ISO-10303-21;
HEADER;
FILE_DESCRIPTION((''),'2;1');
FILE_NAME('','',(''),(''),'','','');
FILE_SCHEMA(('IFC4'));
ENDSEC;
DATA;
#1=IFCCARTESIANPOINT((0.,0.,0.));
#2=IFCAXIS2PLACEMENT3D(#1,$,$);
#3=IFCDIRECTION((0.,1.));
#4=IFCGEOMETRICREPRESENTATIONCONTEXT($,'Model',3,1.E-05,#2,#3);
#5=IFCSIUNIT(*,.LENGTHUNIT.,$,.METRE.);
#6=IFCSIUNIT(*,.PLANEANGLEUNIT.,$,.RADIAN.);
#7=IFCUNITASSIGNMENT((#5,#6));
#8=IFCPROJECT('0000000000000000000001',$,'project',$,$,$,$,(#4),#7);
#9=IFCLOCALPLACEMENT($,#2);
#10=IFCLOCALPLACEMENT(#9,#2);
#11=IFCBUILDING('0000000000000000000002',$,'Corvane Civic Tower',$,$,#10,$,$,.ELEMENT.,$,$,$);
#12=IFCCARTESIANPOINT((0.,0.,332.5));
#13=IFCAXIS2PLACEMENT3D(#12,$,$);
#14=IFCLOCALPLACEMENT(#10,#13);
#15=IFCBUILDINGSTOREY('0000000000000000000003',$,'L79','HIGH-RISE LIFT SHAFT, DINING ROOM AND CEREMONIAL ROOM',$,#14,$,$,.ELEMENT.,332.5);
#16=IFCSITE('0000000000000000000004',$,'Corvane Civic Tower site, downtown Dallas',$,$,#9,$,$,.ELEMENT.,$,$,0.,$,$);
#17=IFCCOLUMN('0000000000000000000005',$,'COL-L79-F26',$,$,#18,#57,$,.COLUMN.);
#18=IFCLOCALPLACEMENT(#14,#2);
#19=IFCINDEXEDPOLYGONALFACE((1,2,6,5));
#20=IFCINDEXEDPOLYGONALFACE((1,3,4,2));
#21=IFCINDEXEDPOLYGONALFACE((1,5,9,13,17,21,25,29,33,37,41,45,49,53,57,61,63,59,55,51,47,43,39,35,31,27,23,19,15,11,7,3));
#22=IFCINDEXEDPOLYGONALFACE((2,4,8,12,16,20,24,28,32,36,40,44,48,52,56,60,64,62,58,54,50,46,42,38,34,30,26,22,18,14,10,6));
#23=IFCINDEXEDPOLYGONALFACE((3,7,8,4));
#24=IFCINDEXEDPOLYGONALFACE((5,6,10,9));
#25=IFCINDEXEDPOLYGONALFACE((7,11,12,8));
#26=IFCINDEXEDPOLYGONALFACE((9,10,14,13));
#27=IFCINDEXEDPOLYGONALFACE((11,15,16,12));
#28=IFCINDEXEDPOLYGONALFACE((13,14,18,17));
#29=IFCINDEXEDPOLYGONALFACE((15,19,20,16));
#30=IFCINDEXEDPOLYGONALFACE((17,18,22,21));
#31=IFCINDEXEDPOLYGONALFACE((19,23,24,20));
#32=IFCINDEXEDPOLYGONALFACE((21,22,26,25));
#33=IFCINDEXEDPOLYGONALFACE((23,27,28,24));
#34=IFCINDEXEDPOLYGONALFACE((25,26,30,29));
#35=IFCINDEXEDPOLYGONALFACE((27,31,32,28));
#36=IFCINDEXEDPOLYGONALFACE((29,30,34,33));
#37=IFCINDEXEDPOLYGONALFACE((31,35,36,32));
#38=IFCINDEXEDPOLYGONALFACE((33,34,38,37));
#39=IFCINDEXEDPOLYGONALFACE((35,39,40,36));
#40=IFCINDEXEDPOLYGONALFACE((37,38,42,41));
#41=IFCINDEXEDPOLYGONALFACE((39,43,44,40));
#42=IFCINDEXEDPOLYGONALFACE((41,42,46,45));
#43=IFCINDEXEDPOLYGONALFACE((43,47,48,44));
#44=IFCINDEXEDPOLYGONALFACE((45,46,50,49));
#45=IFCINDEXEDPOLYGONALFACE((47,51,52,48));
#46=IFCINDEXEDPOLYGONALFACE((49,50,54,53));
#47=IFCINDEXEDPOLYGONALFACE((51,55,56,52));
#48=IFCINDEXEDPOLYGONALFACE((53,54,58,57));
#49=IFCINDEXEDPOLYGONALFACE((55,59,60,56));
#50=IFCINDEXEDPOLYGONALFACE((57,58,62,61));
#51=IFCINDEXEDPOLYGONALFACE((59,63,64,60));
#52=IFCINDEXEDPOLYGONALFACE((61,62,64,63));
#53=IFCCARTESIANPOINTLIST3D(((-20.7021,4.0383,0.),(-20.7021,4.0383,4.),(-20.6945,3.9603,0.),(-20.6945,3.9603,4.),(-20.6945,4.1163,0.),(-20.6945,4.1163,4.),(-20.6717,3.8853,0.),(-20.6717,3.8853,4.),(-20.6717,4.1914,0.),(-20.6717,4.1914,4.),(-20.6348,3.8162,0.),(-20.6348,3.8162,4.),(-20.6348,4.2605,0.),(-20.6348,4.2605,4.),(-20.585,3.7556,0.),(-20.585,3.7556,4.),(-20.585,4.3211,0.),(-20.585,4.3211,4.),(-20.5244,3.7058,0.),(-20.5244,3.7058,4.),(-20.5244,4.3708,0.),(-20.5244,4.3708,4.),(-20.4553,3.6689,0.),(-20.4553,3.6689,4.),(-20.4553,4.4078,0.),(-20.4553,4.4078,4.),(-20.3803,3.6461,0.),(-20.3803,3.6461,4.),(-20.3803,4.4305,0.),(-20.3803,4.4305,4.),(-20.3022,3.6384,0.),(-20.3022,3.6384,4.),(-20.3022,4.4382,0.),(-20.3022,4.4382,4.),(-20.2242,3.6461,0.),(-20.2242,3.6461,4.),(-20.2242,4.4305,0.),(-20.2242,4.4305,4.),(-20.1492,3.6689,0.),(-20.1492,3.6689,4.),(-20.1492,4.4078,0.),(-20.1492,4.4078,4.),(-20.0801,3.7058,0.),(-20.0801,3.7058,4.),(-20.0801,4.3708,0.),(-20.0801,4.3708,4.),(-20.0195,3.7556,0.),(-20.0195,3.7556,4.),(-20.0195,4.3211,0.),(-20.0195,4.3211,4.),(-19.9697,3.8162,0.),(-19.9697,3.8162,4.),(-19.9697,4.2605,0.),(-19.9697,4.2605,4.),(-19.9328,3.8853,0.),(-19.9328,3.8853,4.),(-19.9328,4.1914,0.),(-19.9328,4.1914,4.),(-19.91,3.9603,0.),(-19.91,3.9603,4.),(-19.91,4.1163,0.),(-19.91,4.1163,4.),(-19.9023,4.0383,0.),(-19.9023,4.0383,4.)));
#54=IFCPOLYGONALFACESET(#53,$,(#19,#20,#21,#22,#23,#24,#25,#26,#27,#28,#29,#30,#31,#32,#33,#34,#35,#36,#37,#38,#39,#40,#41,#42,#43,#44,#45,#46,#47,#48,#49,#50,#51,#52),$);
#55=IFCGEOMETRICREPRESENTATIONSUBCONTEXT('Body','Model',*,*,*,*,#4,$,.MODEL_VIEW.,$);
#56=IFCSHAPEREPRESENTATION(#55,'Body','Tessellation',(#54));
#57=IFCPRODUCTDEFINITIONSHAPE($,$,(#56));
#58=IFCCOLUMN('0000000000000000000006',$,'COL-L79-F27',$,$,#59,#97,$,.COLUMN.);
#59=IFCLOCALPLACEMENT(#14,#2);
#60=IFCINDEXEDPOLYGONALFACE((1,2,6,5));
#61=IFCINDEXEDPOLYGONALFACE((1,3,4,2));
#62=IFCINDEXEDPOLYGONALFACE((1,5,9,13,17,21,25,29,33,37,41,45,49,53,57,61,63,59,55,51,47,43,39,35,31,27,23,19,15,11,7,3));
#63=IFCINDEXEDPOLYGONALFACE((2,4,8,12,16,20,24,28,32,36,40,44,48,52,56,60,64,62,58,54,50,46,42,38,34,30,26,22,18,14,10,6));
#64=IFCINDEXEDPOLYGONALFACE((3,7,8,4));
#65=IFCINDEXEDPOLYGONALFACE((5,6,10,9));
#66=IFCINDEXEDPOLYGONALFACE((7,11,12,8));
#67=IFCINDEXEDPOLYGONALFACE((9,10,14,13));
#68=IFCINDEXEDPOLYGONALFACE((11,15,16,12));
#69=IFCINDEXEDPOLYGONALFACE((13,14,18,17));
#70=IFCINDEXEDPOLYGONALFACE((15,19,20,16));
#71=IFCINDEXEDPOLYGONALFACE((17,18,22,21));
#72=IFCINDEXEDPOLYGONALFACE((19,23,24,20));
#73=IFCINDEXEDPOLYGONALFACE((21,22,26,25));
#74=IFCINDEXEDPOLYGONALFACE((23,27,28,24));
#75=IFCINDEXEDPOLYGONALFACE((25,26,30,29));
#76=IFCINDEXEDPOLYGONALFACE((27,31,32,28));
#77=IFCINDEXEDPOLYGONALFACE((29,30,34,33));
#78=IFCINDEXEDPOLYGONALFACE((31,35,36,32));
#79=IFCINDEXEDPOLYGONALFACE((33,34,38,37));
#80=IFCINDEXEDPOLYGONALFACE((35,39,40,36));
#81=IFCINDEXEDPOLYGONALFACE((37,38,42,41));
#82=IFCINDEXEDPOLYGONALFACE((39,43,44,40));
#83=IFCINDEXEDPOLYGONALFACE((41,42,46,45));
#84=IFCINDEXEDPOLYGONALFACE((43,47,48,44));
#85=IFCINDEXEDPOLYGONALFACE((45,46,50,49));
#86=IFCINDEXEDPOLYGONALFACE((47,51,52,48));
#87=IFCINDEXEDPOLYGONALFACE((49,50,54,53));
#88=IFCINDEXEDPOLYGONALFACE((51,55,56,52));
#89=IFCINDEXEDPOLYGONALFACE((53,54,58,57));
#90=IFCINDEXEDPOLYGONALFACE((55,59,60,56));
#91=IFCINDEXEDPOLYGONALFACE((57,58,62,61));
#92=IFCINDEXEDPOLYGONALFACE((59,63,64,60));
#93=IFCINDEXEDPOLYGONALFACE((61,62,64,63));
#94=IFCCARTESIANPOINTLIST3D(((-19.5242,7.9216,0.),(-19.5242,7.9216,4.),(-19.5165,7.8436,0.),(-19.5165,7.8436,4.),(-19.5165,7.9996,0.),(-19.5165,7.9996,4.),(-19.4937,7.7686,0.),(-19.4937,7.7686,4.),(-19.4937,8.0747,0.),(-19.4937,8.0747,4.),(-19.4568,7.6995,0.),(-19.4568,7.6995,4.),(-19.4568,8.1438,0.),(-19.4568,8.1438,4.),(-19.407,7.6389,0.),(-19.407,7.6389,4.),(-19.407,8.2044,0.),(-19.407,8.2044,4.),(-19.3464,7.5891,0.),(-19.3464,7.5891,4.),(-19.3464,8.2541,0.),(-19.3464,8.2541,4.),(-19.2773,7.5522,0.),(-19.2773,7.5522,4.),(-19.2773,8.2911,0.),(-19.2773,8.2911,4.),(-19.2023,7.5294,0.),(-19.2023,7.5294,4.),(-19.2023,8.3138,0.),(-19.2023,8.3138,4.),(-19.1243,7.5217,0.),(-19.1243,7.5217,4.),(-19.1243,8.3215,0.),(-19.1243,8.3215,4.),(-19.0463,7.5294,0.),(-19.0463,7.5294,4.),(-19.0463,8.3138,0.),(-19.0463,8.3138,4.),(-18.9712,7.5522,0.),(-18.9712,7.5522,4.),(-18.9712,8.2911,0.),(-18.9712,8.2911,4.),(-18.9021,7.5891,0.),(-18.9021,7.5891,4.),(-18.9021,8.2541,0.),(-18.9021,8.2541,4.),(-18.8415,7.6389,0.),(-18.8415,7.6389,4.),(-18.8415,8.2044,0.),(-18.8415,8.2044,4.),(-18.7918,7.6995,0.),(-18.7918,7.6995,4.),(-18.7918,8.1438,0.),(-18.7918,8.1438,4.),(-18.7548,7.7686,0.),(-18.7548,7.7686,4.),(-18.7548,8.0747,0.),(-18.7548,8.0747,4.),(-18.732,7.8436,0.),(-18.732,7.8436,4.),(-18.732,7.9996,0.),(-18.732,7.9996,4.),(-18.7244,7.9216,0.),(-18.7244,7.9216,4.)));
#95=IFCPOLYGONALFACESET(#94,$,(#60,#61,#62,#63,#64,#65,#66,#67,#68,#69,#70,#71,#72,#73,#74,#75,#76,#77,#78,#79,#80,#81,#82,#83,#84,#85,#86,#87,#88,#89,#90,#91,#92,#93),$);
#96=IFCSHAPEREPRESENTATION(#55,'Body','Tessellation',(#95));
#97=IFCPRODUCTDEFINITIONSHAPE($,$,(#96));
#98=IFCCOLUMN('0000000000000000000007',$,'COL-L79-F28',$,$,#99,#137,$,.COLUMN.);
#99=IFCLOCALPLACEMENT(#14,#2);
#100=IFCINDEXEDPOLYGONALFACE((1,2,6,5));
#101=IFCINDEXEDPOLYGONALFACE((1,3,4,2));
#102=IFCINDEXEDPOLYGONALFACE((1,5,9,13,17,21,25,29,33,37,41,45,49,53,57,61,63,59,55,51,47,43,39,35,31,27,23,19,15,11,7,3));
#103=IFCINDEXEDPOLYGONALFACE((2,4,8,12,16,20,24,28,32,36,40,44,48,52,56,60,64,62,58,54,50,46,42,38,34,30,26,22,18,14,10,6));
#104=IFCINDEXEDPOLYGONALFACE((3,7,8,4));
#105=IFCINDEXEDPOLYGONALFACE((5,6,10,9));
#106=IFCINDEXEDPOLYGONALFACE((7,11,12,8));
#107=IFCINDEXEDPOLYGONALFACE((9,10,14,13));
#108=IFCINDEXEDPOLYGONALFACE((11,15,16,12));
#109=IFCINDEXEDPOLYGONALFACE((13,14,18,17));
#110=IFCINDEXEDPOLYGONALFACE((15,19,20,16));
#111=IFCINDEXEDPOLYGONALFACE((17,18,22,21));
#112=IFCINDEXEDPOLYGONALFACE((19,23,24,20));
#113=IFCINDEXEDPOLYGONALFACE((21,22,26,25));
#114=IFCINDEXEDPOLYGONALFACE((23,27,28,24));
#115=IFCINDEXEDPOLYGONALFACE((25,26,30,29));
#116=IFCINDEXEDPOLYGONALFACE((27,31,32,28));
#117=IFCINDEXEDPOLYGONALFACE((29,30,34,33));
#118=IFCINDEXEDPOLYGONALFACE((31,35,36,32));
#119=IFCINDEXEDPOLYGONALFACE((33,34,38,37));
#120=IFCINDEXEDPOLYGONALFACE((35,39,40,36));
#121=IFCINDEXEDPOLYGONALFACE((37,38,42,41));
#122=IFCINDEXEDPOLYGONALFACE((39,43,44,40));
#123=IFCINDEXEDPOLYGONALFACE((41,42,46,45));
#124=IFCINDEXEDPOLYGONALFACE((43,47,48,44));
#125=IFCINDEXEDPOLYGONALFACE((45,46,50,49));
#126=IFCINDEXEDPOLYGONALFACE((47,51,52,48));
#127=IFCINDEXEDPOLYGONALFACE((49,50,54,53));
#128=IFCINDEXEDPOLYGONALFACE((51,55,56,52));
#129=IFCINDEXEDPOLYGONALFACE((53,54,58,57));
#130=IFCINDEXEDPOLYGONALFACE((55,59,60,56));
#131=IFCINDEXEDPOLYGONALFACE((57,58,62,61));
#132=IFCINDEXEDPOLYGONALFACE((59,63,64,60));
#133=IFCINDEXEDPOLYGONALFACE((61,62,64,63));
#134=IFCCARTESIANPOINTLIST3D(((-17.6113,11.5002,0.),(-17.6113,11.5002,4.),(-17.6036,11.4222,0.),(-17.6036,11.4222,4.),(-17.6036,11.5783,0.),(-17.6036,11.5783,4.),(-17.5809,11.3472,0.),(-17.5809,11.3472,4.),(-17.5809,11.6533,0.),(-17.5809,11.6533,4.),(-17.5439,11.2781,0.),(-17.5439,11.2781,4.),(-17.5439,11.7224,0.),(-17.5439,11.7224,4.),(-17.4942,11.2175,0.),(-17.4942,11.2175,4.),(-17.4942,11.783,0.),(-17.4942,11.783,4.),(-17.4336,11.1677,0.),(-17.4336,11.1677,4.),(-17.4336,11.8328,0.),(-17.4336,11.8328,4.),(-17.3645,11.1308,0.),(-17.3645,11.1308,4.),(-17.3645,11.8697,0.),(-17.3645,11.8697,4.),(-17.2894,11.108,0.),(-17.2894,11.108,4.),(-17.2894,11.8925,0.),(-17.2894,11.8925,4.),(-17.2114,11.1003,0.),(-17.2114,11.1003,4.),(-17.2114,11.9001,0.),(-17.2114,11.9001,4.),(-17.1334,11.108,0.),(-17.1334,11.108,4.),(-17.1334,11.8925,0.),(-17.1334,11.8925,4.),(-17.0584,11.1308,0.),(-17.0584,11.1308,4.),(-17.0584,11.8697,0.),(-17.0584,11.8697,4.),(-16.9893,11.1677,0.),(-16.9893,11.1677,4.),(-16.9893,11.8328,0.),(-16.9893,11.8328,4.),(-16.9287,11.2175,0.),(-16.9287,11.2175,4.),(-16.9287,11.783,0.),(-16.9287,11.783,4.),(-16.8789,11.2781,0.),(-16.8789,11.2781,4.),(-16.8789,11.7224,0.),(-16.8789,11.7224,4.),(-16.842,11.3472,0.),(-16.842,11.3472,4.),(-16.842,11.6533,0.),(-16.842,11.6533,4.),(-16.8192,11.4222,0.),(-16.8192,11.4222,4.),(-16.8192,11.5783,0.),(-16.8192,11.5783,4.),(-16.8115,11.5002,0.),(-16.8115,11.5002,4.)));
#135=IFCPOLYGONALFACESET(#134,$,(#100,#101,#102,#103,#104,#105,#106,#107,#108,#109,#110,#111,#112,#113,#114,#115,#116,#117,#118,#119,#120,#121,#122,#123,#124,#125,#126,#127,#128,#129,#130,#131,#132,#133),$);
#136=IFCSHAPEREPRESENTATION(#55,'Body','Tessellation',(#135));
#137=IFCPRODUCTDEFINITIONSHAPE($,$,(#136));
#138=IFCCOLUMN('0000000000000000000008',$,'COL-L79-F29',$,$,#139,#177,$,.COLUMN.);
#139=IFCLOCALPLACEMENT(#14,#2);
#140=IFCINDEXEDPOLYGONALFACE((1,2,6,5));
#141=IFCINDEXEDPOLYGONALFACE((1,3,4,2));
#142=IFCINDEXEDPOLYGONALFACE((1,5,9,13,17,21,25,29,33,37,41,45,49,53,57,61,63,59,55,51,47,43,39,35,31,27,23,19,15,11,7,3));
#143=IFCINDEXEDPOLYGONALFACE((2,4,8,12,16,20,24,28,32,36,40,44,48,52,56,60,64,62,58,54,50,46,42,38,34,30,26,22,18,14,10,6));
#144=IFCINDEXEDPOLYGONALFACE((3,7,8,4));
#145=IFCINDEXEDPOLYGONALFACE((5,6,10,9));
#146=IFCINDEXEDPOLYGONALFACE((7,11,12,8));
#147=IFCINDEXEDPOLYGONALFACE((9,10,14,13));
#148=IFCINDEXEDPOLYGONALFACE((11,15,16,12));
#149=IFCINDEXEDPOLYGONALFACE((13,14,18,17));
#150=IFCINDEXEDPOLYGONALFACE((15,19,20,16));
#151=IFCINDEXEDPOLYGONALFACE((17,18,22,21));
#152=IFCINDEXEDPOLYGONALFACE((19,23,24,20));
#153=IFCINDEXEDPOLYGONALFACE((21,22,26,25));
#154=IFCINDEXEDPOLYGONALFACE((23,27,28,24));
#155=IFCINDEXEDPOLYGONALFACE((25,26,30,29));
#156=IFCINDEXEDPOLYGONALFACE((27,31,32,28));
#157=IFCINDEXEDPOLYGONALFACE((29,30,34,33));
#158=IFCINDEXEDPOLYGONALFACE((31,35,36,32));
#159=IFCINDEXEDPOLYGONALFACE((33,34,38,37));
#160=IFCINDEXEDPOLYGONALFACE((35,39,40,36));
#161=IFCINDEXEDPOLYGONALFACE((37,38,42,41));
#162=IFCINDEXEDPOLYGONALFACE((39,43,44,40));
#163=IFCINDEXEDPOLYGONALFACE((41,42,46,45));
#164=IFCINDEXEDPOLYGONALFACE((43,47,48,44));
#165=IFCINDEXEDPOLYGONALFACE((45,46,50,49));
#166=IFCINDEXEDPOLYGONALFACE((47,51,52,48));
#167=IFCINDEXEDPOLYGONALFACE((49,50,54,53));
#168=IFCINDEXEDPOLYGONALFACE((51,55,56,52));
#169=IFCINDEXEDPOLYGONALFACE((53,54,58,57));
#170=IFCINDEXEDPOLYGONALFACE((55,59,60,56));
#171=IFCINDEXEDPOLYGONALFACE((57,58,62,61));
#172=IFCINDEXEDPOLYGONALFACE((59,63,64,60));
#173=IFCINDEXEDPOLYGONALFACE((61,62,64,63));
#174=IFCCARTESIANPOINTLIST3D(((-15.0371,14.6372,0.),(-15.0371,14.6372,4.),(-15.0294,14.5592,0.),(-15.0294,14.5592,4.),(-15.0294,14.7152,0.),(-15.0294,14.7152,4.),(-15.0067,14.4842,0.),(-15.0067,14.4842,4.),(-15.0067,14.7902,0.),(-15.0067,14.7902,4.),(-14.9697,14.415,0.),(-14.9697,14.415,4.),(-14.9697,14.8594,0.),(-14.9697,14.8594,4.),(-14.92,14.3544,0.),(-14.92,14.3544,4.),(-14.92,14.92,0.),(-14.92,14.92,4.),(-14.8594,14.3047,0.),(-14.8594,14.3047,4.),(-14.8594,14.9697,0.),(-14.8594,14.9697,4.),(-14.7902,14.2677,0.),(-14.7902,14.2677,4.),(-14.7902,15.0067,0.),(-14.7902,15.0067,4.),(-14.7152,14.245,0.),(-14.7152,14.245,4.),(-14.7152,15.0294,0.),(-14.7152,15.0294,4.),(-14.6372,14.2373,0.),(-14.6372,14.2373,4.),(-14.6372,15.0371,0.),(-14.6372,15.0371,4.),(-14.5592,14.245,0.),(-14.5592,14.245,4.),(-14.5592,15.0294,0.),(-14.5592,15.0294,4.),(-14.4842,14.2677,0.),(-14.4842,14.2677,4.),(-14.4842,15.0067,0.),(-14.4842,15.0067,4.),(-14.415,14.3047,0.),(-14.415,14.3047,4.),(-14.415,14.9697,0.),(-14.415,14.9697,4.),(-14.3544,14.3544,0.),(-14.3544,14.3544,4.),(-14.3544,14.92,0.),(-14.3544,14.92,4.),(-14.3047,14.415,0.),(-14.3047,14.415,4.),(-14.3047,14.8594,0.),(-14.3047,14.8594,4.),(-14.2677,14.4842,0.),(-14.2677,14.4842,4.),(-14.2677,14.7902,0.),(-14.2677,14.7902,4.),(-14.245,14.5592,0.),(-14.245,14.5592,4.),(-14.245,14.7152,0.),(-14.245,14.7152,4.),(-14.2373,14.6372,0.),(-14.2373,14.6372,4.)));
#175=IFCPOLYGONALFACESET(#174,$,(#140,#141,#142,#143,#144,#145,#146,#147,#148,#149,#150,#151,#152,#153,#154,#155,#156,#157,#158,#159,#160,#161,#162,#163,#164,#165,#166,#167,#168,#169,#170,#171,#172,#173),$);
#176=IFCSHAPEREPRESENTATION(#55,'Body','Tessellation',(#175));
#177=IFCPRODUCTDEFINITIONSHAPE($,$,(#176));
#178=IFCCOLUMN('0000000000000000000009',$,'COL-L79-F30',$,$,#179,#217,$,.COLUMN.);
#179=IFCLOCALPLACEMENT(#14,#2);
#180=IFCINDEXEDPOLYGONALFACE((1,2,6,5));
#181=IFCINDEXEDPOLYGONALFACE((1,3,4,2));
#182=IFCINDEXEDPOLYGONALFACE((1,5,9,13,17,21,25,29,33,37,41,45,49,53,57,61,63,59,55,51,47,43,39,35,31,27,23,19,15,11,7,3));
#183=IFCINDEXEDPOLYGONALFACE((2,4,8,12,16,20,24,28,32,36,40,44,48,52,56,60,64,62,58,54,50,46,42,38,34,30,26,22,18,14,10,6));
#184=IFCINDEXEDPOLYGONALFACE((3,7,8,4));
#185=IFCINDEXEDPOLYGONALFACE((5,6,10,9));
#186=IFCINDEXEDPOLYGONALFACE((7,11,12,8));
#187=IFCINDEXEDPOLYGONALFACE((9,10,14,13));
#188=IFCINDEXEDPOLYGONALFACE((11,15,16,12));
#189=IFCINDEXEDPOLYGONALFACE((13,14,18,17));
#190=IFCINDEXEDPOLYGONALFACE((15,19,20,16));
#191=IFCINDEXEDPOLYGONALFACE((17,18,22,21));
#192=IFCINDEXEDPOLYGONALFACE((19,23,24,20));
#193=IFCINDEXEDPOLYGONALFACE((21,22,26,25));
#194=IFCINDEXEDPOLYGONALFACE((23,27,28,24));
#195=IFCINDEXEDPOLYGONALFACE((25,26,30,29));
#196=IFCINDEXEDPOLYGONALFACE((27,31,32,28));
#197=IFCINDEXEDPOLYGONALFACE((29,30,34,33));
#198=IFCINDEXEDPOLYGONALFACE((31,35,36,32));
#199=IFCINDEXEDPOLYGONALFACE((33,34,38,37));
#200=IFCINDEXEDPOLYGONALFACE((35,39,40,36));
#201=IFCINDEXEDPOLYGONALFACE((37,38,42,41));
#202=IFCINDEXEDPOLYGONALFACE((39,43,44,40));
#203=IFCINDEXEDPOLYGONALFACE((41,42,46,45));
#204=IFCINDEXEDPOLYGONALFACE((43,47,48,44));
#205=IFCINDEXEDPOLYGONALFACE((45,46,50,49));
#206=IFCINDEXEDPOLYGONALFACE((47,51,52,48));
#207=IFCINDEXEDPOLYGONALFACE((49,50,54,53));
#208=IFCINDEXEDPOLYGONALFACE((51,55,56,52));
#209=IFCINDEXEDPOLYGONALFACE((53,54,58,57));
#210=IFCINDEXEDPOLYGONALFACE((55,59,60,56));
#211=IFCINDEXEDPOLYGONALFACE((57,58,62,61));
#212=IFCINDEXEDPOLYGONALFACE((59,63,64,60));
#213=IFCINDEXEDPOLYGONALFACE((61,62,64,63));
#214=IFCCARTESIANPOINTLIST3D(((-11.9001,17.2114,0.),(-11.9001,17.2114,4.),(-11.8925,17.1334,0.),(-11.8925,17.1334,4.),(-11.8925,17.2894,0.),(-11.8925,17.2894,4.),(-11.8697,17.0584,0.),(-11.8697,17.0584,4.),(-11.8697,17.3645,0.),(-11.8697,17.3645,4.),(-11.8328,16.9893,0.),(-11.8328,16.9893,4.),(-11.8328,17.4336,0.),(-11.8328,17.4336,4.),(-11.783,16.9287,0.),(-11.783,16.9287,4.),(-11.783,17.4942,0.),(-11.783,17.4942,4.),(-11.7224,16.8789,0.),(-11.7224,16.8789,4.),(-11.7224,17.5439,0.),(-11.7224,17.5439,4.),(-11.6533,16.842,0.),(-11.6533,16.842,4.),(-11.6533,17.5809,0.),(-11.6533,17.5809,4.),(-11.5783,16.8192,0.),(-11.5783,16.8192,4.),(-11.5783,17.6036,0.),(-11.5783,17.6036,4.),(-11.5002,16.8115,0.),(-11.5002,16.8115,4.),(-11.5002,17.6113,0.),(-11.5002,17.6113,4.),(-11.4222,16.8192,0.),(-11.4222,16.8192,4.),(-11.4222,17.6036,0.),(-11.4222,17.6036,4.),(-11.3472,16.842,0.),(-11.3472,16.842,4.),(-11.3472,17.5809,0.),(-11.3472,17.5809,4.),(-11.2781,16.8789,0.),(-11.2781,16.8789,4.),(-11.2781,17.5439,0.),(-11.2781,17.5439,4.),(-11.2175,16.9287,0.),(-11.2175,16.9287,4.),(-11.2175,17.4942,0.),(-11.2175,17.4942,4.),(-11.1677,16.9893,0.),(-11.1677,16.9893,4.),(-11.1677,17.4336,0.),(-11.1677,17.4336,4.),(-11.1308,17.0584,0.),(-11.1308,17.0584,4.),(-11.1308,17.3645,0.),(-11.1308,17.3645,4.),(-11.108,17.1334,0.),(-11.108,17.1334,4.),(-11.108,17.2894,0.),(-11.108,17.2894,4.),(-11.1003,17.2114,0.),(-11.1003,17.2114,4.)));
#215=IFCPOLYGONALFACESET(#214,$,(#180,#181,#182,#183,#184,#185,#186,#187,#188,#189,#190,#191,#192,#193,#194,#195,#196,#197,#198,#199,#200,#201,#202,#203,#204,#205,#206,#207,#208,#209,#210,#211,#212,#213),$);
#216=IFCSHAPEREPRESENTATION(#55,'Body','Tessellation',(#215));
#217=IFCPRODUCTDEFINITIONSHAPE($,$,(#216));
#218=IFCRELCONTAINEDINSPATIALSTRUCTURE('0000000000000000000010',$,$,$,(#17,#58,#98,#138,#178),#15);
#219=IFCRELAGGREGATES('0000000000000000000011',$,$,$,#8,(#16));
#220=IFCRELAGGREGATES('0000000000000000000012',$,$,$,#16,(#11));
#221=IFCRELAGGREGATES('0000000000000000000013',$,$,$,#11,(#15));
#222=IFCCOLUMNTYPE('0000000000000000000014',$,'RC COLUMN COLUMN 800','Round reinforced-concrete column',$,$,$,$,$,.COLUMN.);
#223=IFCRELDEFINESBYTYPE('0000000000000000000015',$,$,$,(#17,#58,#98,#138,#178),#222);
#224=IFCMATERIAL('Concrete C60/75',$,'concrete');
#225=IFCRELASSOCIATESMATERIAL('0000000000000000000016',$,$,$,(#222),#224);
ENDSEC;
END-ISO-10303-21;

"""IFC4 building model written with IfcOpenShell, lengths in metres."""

from ifc_helpers import new_model, si_unit, direction, frame, origin, origin_2d, place, context, subcontext, project, spatial, circle, extrude, material, material_profile, profile_set, type_object, element, save


model = new_model("IFC4")

# Units and contexts
model_context = context("Model", 3, precision=1e-05, world=origin(), true_north=direction((0.0, 1.0)))
body_context = subcontext(model_context, "Body", "Model", "MODEL_VIEW")
ifc_project = project(units=[si_unit("LENGTHUNIT", "METRE"), si_unit("PLANEANGLEUNIT", "RADIAN")], contexts=[model_context])

# Site, building, storey
site_placement = place(None, origin())
site = spatial("IfcSite", under=ifc_project, at=site_placement, Name="Corvane Civic Tower site, downtown Dallas", CompositionType="ELEMENT", RefElevation=0.0)
building_placement = place(site_placement, origin())
building = spatial("IfcBuilding", under=site, at=building_placement, Name="Corvane Civic Tower", CompositionType="ELEMENT")
storey_placement = place(building_placement, frame((0.0, 0.0, 332.5)))
storey = spatial("IfcBuildingStorey", under=building, at=storey_placement, Name="L79", Description="HIGH-RISE LIFT SHAFT, DINING ROOM AND CEREMONIAL ROOM", CompositionType="ELEMENT", Elevation=332.5)

# Columns
ifc_material_1 = material(Name="Concrete C60/75", Category="concrete")
ifc_material_profile_1 = material_profile(ifc_material_1, circle(Radius=0.3999, at=origin_2d()), Name="COLUMN 800")
ifc_profile_set_1 = profile_set([ifc_material_profile_1], Name="Concrete C60/75")
column_type = type_object("IfcColumnType", Name="RC COLUMN COLUMN 800", Description="Round reinforced-concrete column", PredefinedType="COLUMN", material=ifc_profile_set_1)
for number, where, z_axis, x_axis, name in (
    (1, (-20.3022, 4.0383, 0.0), (0.0, 0.0, 1.0), (1.0, 0.0, 0.0), "COL-L79-F26"),
    (2, (-19.1243, 7.9216, 0.0), (0.0, 0.0, 1.0), (1.0, 0.0, 0.0), "COL-L79-F27"),
    (3, (-17.2114, 11.5002, 0.0), (0.0, 0.0, 1.0), (1.0, 0.0, 0.0), "COL-L79-F28"),
    (4, (-14.6372, 14.6372, 0.0), (0.0, 0.0, 1.0), (1.0, 0.0, 0.0), "COL-L79-F29"),
    (5, (-11.5002, 17.2114, 0.0), (0.0, 0.0, 1.0), (1.0, 0.0, 0.0), "COL-L79-F30"),
):
    element("IfcColumn", number, at=place(storey_placement, frame(where, z_axis=z_axis, x_axis=x_axis)), inside=storey, type_object=column_type, Name=name, PredefinedType="COLUMN", context=body_context, shape_type="SweptSolid", body=[
        extrude(circle(Radius=0.3999, at=origin_2d()), origin(), (0.0, 0.0, 1.0), 4.0),
    ])

save(model, "model.ifc")
